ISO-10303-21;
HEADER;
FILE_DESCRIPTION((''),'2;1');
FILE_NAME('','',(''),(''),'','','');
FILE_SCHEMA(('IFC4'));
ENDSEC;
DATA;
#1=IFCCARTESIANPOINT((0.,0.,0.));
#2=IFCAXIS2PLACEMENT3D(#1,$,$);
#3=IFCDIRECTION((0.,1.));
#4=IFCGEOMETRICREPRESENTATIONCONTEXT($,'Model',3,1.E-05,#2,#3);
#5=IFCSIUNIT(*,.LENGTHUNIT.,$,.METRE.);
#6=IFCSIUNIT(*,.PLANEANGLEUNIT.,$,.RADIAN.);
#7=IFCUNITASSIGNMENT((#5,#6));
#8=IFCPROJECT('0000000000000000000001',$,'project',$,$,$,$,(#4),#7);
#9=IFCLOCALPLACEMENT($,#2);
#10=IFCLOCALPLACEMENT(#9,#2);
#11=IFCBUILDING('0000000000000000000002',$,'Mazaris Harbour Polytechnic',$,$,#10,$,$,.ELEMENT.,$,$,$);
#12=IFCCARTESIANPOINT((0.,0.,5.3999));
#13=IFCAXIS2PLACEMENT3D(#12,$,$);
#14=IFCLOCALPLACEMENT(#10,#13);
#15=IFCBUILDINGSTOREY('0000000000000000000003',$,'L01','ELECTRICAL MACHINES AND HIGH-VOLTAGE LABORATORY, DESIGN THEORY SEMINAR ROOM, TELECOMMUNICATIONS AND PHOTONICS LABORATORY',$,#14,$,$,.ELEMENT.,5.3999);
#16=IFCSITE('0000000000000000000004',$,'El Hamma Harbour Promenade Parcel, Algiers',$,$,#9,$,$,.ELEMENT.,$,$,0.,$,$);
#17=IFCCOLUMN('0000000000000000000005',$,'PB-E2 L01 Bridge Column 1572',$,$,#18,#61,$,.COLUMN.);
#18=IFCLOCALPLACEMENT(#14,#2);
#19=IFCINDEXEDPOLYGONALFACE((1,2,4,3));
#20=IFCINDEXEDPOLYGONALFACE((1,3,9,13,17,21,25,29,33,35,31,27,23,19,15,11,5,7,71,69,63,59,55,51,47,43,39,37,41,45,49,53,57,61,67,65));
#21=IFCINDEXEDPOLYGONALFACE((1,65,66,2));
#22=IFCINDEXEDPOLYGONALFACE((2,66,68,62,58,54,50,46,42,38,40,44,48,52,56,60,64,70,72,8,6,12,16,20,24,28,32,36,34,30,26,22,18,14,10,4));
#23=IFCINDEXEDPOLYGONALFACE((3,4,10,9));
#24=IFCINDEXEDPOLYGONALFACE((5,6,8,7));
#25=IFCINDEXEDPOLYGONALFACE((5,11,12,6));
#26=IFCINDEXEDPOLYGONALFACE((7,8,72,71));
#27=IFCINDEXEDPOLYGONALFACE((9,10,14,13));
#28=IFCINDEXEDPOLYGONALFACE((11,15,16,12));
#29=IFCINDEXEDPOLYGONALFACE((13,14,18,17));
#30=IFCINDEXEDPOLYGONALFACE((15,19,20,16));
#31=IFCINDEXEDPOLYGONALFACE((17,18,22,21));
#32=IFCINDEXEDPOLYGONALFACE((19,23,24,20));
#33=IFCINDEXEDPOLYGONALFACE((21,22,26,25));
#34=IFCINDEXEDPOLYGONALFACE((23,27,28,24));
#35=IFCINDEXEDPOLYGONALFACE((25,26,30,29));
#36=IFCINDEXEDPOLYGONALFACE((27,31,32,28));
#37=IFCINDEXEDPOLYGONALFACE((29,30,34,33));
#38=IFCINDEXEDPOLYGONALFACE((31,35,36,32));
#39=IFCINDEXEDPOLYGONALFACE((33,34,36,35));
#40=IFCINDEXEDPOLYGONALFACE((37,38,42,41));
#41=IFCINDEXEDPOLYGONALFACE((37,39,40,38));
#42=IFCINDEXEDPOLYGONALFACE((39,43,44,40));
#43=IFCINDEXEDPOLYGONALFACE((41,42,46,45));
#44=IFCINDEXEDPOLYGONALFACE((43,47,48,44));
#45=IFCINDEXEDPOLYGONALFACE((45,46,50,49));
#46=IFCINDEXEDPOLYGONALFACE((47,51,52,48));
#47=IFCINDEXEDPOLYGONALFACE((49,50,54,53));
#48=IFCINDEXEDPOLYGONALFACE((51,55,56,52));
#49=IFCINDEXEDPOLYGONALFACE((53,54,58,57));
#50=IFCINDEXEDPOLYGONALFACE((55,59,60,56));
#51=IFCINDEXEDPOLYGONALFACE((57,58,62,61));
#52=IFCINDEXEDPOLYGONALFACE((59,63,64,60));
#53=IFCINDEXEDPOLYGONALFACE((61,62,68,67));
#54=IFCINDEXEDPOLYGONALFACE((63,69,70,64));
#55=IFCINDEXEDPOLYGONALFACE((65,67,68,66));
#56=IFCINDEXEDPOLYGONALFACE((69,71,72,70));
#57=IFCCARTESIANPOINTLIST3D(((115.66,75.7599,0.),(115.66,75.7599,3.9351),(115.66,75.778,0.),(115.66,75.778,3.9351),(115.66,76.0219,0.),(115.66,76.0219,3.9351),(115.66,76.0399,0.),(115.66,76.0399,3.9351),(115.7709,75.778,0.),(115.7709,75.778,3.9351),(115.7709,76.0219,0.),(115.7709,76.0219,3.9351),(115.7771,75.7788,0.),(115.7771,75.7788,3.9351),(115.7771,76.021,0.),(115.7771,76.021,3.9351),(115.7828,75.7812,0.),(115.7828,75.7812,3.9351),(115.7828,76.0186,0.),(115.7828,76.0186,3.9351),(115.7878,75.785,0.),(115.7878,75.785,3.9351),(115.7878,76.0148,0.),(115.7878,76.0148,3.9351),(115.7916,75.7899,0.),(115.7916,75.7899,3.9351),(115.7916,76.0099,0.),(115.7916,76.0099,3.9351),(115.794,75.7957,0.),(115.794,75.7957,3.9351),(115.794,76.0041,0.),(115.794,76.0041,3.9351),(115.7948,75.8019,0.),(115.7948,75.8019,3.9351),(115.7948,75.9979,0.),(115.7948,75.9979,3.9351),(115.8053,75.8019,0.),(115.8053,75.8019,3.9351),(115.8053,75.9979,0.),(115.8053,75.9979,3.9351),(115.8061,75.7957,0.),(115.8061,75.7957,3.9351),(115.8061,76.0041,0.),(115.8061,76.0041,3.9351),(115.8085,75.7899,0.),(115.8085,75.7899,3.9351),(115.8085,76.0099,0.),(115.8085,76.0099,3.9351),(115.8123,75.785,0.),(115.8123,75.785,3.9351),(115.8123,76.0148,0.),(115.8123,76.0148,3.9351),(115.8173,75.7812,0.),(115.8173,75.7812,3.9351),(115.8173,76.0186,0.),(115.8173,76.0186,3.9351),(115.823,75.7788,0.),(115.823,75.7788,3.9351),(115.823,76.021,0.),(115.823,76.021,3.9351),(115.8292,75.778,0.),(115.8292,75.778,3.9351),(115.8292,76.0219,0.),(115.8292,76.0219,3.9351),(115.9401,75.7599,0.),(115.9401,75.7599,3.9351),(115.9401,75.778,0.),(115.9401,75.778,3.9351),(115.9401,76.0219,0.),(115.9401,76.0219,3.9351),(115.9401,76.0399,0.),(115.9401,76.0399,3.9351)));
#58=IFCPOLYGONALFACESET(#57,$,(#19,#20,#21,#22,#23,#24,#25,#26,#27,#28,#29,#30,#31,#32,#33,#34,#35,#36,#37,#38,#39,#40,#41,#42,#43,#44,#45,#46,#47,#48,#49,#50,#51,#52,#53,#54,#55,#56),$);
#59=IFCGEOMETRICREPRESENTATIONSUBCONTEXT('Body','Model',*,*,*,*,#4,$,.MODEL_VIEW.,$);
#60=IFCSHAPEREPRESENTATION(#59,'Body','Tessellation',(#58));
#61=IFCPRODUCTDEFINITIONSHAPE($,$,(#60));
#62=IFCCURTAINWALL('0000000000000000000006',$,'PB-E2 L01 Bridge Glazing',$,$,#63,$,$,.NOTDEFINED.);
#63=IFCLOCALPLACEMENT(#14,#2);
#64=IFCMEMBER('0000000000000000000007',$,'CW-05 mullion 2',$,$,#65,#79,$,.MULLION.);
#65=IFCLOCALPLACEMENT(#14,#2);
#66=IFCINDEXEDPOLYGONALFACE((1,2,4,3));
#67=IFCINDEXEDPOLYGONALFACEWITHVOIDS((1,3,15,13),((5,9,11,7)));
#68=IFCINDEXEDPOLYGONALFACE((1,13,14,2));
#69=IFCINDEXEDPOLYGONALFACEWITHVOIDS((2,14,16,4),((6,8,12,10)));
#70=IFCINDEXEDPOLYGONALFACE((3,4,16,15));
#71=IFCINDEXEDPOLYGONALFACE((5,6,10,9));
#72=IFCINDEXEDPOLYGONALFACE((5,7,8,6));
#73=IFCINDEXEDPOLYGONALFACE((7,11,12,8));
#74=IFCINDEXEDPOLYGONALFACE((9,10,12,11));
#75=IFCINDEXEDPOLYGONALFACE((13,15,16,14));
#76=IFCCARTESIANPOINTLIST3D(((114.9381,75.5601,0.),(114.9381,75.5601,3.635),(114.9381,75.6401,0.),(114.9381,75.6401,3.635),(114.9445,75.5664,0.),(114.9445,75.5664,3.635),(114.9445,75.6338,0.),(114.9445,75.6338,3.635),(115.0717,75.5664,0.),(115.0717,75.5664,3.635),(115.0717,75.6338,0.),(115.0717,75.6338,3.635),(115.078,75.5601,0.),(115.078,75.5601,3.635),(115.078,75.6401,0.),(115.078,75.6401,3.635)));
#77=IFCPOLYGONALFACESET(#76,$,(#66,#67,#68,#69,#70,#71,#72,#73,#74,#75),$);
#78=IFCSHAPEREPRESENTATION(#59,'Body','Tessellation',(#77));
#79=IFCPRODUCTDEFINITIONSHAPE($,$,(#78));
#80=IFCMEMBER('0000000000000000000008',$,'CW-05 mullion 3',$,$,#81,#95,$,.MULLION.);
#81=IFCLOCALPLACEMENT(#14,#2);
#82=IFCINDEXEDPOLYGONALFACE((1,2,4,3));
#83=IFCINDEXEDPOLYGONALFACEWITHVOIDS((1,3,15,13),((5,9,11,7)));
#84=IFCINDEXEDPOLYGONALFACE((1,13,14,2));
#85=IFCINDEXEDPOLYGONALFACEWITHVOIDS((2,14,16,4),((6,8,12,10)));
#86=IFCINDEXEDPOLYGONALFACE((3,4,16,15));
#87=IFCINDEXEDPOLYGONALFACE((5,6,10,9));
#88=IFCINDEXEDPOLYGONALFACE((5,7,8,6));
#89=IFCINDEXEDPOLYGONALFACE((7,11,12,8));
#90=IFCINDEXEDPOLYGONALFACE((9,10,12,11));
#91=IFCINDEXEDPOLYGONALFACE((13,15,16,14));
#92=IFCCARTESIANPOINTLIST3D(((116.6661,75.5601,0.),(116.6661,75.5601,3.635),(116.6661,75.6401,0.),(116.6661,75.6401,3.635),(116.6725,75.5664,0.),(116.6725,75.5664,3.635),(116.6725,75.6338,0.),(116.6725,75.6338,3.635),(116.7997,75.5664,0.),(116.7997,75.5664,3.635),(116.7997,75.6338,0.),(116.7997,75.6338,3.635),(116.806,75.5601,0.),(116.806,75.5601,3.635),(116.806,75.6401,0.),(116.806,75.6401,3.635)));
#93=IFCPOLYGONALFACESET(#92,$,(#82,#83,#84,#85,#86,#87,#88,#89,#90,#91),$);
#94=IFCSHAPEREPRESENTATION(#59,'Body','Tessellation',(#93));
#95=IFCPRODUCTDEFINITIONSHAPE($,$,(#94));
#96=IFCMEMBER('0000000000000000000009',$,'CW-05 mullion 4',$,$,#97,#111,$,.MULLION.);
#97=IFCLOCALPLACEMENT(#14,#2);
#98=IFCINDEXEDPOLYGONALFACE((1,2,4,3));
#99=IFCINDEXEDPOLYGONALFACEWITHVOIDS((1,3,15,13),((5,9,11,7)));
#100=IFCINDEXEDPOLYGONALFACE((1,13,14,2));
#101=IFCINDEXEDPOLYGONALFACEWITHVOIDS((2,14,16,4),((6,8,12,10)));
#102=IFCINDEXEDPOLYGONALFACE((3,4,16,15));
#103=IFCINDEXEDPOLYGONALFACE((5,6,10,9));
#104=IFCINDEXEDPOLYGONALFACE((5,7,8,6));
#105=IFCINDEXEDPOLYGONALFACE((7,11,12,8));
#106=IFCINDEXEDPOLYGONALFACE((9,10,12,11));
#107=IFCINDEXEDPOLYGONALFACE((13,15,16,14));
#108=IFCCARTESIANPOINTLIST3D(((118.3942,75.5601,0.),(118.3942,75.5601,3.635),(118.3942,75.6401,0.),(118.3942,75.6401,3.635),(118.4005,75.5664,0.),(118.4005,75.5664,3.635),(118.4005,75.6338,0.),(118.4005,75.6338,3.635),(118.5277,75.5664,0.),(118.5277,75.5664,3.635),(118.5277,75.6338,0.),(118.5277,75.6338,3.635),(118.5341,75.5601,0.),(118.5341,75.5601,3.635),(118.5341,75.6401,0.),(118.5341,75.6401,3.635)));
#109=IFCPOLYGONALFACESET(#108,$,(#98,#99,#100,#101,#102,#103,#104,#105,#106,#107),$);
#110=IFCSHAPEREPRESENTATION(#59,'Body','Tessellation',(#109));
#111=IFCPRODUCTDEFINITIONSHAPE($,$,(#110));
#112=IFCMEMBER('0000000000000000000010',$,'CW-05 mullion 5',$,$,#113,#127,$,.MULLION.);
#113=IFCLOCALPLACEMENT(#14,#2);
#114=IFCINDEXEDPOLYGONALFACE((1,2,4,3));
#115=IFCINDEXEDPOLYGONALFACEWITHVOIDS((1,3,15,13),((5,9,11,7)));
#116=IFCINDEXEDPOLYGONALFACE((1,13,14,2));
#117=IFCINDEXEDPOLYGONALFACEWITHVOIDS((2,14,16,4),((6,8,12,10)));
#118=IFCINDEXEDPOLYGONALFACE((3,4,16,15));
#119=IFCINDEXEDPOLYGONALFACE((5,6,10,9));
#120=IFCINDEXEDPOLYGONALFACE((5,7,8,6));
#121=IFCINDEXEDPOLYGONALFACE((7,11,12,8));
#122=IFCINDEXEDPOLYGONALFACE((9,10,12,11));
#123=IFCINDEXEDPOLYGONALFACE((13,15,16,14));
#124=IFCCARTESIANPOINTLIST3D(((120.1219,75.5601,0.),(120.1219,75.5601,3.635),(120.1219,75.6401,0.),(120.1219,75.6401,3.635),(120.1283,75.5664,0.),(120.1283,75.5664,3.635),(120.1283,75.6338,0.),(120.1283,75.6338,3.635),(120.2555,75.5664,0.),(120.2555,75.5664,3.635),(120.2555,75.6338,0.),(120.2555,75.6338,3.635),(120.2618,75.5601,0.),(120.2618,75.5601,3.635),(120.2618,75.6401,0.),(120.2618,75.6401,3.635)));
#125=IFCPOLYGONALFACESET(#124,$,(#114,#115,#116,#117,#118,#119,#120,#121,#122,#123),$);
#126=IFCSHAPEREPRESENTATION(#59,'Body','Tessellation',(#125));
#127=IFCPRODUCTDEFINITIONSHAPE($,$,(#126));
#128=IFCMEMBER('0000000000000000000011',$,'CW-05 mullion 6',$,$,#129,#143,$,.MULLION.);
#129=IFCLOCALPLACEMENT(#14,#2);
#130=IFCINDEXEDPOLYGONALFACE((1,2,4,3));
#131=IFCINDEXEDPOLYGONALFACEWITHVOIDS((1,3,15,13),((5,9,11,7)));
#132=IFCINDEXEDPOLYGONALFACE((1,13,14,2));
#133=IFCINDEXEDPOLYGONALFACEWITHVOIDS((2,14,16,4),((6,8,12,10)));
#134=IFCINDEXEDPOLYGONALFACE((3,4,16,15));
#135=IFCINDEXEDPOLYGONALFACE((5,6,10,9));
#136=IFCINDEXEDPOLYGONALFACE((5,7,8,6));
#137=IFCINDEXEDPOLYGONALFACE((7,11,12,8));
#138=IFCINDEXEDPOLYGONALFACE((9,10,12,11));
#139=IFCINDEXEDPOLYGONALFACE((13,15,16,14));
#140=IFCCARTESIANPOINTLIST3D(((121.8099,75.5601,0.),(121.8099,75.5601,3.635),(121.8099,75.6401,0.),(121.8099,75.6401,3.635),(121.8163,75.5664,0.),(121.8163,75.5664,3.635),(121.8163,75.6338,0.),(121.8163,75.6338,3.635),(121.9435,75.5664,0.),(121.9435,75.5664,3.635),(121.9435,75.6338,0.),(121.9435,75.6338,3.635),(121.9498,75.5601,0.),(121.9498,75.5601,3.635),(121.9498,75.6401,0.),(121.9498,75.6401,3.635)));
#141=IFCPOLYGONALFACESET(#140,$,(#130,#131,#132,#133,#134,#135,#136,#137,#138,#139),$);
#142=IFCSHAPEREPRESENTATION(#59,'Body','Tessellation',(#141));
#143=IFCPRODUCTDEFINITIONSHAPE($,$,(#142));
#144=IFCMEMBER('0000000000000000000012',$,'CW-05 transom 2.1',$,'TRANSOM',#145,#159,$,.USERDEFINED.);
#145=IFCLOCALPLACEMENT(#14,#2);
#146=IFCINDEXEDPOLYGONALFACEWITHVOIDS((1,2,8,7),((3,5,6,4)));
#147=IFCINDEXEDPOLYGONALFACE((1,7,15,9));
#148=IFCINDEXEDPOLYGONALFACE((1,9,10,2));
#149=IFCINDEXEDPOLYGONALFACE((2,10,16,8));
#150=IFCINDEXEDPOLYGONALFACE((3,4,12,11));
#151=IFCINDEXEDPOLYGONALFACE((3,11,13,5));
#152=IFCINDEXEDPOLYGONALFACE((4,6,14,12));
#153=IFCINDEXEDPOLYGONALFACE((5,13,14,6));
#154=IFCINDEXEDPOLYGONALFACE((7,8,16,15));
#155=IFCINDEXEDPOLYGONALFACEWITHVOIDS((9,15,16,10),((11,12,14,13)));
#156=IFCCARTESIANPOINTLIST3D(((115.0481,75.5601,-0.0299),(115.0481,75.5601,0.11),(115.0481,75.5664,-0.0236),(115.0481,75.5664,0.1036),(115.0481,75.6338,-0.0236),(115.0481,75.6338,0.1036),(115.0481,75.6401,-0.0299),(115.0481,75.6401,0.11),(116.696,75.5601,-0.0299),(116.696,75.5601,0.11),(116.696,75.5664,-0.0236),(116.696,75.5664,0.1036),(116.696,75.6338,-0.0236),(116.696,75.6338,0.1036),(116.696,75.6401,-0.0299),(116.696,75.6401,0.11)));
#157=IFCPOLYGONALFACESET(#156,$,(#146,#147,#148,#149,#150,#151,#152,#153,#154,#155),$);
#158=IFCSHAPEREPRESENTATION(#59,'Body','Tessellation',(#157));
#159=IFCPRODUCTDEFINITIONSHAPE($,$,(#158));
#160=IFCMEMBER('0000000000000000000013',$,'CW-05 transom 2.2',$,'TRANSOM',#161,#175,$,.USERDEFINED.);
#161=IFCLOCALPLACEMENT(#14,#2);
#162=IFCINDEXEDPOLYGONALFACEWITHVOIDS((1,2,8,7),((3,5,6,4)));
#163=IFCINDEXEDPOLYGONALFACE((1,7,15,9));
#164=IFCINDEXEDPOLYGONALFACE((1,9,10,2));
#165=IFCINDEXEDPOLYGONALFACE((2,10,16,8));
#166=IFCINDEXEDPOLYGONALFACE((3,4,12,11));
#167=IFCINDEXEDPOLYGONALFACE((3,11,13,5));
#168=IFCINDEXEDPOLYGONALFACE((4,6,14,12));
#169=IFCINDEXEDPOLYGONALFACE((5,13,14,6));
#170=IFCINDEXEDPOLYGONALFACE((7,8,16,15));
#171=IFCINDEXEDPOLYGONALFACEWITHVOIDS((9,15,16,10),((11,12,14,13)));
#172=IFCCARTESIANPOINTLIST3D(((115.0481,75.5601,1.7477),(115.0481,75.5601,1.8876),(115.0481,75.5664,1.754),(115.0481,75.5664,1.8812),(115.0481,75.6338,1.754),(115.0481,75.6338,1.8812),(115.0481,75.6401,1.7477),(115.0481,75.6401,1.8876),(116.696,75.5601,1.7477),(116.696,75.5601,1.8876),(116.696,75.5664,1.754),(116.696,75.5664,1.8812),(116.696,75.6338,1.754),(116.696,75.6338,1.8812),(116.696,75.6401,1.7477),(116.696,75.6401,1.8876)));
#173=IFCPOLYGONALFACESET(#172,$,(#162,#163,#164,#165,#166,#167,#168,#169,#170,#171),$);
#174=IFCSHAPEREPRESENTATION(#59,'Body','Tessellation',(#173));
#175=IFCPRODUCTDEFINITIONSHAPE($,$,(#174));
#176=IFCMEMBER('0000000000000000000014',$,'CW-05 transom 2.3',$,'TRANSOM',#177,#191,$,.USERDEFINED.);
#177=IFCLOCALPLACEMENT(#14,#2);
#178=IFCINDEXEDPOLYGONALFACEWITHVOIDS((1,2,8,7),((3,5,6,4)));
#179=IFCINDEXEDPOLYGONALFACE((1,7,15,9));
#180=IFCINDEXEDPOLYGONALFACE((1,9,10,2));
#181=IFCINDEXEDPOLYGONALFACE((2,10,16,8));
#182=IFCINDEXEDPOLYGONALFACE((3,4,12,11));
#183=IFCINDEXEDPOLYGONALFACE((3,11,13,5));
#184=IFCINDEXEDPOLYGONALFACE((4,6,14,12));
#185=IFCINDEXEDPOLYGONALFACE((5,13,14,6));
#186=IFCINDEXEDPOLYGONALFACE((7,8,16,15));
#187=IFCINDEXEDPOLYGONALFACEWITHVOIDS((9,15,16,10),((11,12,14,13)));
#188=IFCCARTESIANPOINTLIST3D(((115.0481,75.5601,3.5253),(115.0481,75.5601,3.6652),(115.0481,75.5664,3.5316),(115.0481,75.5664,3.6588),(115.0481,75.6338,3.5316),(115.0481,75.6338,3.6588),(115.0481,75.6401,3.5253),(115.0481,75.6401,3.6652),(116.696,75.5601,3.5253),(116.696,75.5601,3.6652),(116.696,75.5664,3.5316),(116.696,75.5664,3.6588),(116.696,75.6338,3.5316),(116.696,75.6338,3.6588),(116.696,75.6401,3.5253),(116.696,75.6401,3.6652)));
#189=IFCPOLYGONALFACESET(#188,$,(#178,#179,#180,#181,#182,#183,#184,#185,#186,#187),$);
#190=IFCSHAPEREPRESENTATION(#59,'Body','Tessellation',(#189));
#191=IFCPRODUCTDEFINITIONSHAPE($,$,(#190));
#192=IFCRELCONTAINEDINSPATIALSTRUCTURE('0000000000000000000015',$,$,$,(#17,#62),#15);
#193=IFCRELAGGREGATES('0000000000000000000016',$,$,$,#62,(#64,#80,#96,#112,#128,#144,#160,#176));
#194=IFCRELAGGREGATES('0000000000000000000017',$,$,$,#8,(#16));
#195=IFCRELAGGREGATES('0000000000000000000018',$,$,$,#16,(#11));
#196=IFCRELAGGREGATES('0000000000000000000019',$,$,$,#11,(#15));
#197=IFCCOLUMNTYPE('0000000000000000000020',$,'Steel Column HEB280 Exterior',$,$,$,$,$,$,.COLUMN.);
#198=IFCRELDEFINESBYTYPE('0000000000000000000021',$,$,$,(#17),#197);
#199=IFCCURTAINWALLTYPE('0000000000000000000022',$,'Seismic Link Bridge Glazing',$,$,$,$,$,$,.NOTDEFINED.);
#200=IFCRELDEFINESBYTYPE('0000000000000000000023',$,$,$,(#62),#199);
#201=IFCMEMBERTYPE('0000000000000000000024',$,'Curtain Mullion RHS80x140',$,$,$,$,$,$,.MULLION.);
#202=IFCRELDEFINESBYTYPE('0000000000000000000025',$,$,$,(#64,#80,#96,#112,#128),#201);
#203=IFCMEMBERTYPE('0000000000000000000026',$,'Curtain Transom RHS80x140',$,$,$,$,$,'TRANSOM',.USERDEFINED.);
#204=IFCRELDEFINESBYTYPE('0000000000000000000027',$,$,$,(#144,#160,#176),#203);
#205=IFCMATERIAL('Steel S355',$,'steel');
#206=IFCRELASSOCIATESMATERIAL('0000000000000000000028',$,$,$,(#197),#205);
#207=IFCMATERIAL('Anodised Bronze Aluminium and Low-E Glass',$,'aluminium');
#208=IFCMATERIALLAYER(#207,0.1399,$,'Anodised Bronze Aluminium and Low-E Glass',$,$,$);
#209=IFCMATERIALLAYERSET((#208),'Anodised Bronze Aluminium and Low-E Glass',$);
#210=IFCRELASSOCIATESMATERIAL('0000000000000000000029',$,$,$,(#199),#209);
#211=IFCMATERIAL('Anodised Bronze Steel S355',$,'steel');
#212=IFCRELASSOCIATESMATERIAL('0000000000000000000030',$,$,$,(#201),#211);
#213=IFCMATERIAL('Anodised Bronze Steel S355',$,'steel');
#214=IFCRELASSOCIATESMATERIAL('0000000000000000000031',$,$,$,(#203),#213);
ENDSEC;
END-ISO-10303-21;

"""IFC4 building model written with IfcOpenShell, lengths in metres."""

from ifc_helpers import new_model, si_unit, direction, frame, origin, origin_2d, place, context, subcontext, project, spatial, hollow_rectangle, i_section, extrude, material, layer, layer_set, material_profile, profile_set, type_object, element, aggregate, save


model = new_model("IFC4")

# Units and contexts
model_context = context("Model", 3, precision=1e-05, world=origin(), true_north=direction((0.0, 1.0)))
body_context = subcontext(model_context, "Body", "Model", "MODEL_VIEW")
ifc_project = project(units=[si_unit("LENGTHUNIT", "METRE"), si_unit("PLANEANGLEUNIT", "RADIAN")], contexts=[model_context])

# Site, building, storey
site_placement = place(None, origin())
site = spatial("IfcSite", under=ifc_project, at=site_placement, Name="El Hamma Harbour Promenade Parcel, Algiers", CompositionType="ELEMENT", RefElevation=0.0)
building_placement = place(site_placement, origin())
building = spatial("IfcBuilding", under=site, at=building_placement, Name="Mazaris Harbour Polytechnic", CompositionType="ELEMENT")
storey_placement = place(building_placement, frame((0.0, 0.0, 5.3999)))
storey = spatial("IfcBuildingStorey", under=building, at=storey_placement, Name="L01", Description="ELECTRICAL MACHINES AND HIGH-VOLTAGE LABORATORY, DESIGN THEORY SEMINAR ROOM, TELECOMMUNICATIONS AND PHOTONICS LABORATORY", CompositionType="ELEMENT", Elevation=5.3999)

# Column
ifc_material_1 = material(Name="Steel S355", Category="steel")
ifc_material_profile_1 = material_profile(ifc_material_1, i_section(OverallWidth=0.28, OverallDepth=0.28, WebThickness=0.0105, FlangeThickness=0.0181, FilletRadius=0.0239, at=origin_2d()), Name="HEB 280")
ifc_profile_set_1 = profile_set([ifc_material_profile_1], Name="Steel S355")
column_type = type_object("IfcColumnType", Name="Steel Column HEB280 Exterior", PredefinedType="COLUMN", material=ifc_profile_set_1)
column_placement = place(storey_placement, frame((115.8, 75.8999, 0.0), z_axis=(0.0, 0.0, 1.0), x_axis=(1.0, 0.0, 0.0)))
element("IfcColumn", 1, at=column_placement, inside=storey, type_object=column_type, Name="PB-E2 L01 Bridge Column 1572", PredefinedType="COLUMN", context=body_context, shape_type="SweptSolid", body=[
    extrude(i_section(OverallWidth=0.28, OverallDepth=0.28, WebThickness=0.0105, FlangeThickness=0.0181, FilletRadius=0.0239, at=origin_2d()), origin(), (0.0, 0.0, 1.0), 3.9351),
])

# Curtain wall, members
ifc_material_2 = material(Name="Anodised Bronze Aluminium and Low-E Glass", Category="aluminium")
ifc_layer_1 = layer(ifc_material_2, 0.1399, Name="Anodised Bronze Aluminium and Low-E Glass")
ifc_layer_set_1 = layer_set([ifc_layer_1], Name="Anodised Bronze Aluminium and Low-E Glass")
curtain_wall_type = type_object("IfcCurtainWallType", Name="Seismic Link Bridge Glazing", PredefinedType="NOTDEFINED", material=ifc_layer_set_1)
curtain_wall_placement = place(storey_placement, origin())
curtain_wall = element("IfcCurtainWall", 2, at=curtain_wall_placement, inside=storey, type_object=curtain_wall_type, Name="PB-E2 L01 Bridge Glazing", PredefinedType="NOTDEFINED")
ifc_material_3 = material(Name="Anodised Bronze Steel S355", Category="steel")
ifc_material_profile_2 = material_profile(ifc_material_3, hollow_rectangle(XDim=0.0801, YDim=0.1399, WallThickness=0.0063, at=origin_2d()), Name="RHS 80x140x6.3")
ifc_profile_set_2 = profile_set([ifc_material_profile_2], Name="Anodised Bronze Steel S355")
member_type_1 = type_object("IfcMemberType", Name="Curtain Mullion RHS80x140", PredefinedType="MULLION", material=ifc_profile_set_2)
member_1_placement = place(storey_placement, frame((115.0081, 75.6001, 0.0), z_axis=(0.0, 0.0, 1.0), x_axis=(0.0, 1.0, 0.0)))
member_1 = element("IfcMember", 3, at=member_1_placement, type_object=member_type_1, Name="CW-05 mullion 2", PredefinedType="MULLION", context=body_context, shape_type="SweptSolid", body=[
    extrude(hollow_rectangle(XDim=0.0801, YDim=0.1399, WallThickness=0.0063, at=origin_2d()), origin(), (0.0, 0.0, 1.0), 3.635),
])
member_2_placement = place(storey_placement, frame((116.7361, 75.6001, 0.0), z_axis=(0.0, 0.0, 1.0), x_axis=(0.0, 1.0, 0.0)))
member_2 = element("IfcMember", 4, at=member_2_placement, type_object=member_type_1, Name="CW-05 mullion 3", PredefinedType="MULLION", context=body_context, shape_type="SweptSolid", body=[
    extrude(hollow_rectangle(XDim=0.0801, YDim=0.1399, WallThickness=0.0063, at=origin_2d()), origin(), (0.0, 0.0, 1.0), 3.635),
])
member_3_placement = place(storey_placement, frame((118.4641, 75.6001, 0.0), z_axis=(0.0, 0.0, 1.0), x_axis=(0.0, 1.0, 0.0)))
member_3 = element("IfcMember", 5, at=member_3_placement, type_object=member_type_1, Name="CW-05 mullion 4", PredefinedType="MULLION", context=body_context, shape_type="SweptSolid", body=[
    extrude(hollow_rectangle(XDim=0.0801, YDim=0.1399, WallThickness=0.0063, at=origin_2d()), origin(), (0.0, 0.0, 1.0), 3.635),
])
member_4_placement = place(storey_placement, frame((120.1919, 75.6001, 0.0), z_axis=(0.0, 0.0, 1.0), x_axis=(0.0, 1.0, 0.0)))
member_4 = element("IfcMember", 6, at=member_4_placement, type_object=member_type_1, Name="CW-05 mullion 5", PredefinedType="MULLION", context=body_context, shape_type="SweptSolid", body=[
    extrude(hollow_rectangle(XDim=0.0801, YDim=0.1399, WallThickness=0.0063, at=origin_2d()), origin(), (0.0, 0.0, 1.0), 3.635),
])
member_5_placement = place(storey_placement, frame((121.8799, 75.6001, 0.0), z_axis=(0.0, 0.0, 1.0), x_axis=(0.0, 1.0, 0.0)))
member_5 = element("IfcMember", 7, at=member_5_placement, type_object=member_type_1, Name="CW-05 mullion 6", PredefinedType="MULLION", context=body_context, shape_type="SweptSolid", body=[
    extrude(hollow_rectangle(XDim=0.0801, YDim=0.1399, WallThickness=0.0063, at=origin_2d()), origin(), (0.0, 0.0, 1.0), 3.635),
])
ifc_material_4 = material(Name="Anodised Bronze Steel S355", Category="steel")
ifc_material_profile_3 = material_profile(ifc_material_4, hollow_rectangle(XDim=0.0801, YDim=0.1399, WallThickness=0.0063, at=origin_2d()), Name="RHS 80x140x6.3")
ifc_profile_set_3 = profile_set([ifc_material_profile_3], Name="Anodised Bronze Steel S355")
member_type_2 = type_object("IfcMemberType", Name="Curtain Transom RHS80x140", ElementType="TRANSOM", PredefinedType="USERDEFINED", material=ifc_profile_set_3)
member_6_placement = place(storey_placement, frame((115.0481, 75.6001, 0.04), z_axis=(1.0, 0.0, 0.0), x_axis=(0.0, 1.0, 0.0)))
member_6 = element("IfcMember", 8, at=member_6_placement, type_object=member_type_2, Name="CW-05 transom 2.1", ObjectType="TRANSOM", PredefinedType="USERDEFINED", context=body_context, shape_type="SweptSolid", body=[
    extrude(hollow_rectangle(XDim=0.0801, YDim=0.1399, WallThickness=0.0063, at=origin_2d()), origin(), (0.0, 0.0, 1.0), 1.6479),
])
member_7_placement = place(storey_placement, frame((115.0481, 75.6001, 1.8176), z_axis=(1.0, 0.0, 0.0), x_axis=(0.0, 1.0, 0.0)))
member_7 = element("IfcMember", 9, at=member_7_placement, type_object=member_type_2, Name="CW-05 transom 2.2", ObjectType="TRANSOM", PredefinedType="USERDEFINED", context=body_context, shape_type="SweptSolid", body=[
    extrude(hollow_rectangle(XDim=0.0801, YDim=0.1399, WallThickness=0.0063, at=origin_2d()), origin(), (0.0, 0.0, 1.0), 1.6479),
])
member_8_placement = place(storey_placement, frame((115.0481, 75.6001, 3.5952), z_axis=(1.0, 0.0, 0.0), x_axis=(0.0, 1.0, 0.0)))
member_8 = element("IfcMember", 10, at=member_8_placement, type_object=member_type_2, Name="CW-05 transom 2.3", ObjectType="TRANSOM", PredefinedType="USERDEFINED", context=body_context, shape_type="SweptSolid", body=[
    extrude(hollow_rectangle(XDim=0.0801, YDim=0.1399, WallThickness=0.0063, at=origin_2d()), origin(), (0.0, 0.0, 1.0), 1.6479),
])
aggregate(curtain_wall, [member_1, member_2, member_3, member_4, member_5, member_6, member_7, member_8])

save(model, "model.ifc")
